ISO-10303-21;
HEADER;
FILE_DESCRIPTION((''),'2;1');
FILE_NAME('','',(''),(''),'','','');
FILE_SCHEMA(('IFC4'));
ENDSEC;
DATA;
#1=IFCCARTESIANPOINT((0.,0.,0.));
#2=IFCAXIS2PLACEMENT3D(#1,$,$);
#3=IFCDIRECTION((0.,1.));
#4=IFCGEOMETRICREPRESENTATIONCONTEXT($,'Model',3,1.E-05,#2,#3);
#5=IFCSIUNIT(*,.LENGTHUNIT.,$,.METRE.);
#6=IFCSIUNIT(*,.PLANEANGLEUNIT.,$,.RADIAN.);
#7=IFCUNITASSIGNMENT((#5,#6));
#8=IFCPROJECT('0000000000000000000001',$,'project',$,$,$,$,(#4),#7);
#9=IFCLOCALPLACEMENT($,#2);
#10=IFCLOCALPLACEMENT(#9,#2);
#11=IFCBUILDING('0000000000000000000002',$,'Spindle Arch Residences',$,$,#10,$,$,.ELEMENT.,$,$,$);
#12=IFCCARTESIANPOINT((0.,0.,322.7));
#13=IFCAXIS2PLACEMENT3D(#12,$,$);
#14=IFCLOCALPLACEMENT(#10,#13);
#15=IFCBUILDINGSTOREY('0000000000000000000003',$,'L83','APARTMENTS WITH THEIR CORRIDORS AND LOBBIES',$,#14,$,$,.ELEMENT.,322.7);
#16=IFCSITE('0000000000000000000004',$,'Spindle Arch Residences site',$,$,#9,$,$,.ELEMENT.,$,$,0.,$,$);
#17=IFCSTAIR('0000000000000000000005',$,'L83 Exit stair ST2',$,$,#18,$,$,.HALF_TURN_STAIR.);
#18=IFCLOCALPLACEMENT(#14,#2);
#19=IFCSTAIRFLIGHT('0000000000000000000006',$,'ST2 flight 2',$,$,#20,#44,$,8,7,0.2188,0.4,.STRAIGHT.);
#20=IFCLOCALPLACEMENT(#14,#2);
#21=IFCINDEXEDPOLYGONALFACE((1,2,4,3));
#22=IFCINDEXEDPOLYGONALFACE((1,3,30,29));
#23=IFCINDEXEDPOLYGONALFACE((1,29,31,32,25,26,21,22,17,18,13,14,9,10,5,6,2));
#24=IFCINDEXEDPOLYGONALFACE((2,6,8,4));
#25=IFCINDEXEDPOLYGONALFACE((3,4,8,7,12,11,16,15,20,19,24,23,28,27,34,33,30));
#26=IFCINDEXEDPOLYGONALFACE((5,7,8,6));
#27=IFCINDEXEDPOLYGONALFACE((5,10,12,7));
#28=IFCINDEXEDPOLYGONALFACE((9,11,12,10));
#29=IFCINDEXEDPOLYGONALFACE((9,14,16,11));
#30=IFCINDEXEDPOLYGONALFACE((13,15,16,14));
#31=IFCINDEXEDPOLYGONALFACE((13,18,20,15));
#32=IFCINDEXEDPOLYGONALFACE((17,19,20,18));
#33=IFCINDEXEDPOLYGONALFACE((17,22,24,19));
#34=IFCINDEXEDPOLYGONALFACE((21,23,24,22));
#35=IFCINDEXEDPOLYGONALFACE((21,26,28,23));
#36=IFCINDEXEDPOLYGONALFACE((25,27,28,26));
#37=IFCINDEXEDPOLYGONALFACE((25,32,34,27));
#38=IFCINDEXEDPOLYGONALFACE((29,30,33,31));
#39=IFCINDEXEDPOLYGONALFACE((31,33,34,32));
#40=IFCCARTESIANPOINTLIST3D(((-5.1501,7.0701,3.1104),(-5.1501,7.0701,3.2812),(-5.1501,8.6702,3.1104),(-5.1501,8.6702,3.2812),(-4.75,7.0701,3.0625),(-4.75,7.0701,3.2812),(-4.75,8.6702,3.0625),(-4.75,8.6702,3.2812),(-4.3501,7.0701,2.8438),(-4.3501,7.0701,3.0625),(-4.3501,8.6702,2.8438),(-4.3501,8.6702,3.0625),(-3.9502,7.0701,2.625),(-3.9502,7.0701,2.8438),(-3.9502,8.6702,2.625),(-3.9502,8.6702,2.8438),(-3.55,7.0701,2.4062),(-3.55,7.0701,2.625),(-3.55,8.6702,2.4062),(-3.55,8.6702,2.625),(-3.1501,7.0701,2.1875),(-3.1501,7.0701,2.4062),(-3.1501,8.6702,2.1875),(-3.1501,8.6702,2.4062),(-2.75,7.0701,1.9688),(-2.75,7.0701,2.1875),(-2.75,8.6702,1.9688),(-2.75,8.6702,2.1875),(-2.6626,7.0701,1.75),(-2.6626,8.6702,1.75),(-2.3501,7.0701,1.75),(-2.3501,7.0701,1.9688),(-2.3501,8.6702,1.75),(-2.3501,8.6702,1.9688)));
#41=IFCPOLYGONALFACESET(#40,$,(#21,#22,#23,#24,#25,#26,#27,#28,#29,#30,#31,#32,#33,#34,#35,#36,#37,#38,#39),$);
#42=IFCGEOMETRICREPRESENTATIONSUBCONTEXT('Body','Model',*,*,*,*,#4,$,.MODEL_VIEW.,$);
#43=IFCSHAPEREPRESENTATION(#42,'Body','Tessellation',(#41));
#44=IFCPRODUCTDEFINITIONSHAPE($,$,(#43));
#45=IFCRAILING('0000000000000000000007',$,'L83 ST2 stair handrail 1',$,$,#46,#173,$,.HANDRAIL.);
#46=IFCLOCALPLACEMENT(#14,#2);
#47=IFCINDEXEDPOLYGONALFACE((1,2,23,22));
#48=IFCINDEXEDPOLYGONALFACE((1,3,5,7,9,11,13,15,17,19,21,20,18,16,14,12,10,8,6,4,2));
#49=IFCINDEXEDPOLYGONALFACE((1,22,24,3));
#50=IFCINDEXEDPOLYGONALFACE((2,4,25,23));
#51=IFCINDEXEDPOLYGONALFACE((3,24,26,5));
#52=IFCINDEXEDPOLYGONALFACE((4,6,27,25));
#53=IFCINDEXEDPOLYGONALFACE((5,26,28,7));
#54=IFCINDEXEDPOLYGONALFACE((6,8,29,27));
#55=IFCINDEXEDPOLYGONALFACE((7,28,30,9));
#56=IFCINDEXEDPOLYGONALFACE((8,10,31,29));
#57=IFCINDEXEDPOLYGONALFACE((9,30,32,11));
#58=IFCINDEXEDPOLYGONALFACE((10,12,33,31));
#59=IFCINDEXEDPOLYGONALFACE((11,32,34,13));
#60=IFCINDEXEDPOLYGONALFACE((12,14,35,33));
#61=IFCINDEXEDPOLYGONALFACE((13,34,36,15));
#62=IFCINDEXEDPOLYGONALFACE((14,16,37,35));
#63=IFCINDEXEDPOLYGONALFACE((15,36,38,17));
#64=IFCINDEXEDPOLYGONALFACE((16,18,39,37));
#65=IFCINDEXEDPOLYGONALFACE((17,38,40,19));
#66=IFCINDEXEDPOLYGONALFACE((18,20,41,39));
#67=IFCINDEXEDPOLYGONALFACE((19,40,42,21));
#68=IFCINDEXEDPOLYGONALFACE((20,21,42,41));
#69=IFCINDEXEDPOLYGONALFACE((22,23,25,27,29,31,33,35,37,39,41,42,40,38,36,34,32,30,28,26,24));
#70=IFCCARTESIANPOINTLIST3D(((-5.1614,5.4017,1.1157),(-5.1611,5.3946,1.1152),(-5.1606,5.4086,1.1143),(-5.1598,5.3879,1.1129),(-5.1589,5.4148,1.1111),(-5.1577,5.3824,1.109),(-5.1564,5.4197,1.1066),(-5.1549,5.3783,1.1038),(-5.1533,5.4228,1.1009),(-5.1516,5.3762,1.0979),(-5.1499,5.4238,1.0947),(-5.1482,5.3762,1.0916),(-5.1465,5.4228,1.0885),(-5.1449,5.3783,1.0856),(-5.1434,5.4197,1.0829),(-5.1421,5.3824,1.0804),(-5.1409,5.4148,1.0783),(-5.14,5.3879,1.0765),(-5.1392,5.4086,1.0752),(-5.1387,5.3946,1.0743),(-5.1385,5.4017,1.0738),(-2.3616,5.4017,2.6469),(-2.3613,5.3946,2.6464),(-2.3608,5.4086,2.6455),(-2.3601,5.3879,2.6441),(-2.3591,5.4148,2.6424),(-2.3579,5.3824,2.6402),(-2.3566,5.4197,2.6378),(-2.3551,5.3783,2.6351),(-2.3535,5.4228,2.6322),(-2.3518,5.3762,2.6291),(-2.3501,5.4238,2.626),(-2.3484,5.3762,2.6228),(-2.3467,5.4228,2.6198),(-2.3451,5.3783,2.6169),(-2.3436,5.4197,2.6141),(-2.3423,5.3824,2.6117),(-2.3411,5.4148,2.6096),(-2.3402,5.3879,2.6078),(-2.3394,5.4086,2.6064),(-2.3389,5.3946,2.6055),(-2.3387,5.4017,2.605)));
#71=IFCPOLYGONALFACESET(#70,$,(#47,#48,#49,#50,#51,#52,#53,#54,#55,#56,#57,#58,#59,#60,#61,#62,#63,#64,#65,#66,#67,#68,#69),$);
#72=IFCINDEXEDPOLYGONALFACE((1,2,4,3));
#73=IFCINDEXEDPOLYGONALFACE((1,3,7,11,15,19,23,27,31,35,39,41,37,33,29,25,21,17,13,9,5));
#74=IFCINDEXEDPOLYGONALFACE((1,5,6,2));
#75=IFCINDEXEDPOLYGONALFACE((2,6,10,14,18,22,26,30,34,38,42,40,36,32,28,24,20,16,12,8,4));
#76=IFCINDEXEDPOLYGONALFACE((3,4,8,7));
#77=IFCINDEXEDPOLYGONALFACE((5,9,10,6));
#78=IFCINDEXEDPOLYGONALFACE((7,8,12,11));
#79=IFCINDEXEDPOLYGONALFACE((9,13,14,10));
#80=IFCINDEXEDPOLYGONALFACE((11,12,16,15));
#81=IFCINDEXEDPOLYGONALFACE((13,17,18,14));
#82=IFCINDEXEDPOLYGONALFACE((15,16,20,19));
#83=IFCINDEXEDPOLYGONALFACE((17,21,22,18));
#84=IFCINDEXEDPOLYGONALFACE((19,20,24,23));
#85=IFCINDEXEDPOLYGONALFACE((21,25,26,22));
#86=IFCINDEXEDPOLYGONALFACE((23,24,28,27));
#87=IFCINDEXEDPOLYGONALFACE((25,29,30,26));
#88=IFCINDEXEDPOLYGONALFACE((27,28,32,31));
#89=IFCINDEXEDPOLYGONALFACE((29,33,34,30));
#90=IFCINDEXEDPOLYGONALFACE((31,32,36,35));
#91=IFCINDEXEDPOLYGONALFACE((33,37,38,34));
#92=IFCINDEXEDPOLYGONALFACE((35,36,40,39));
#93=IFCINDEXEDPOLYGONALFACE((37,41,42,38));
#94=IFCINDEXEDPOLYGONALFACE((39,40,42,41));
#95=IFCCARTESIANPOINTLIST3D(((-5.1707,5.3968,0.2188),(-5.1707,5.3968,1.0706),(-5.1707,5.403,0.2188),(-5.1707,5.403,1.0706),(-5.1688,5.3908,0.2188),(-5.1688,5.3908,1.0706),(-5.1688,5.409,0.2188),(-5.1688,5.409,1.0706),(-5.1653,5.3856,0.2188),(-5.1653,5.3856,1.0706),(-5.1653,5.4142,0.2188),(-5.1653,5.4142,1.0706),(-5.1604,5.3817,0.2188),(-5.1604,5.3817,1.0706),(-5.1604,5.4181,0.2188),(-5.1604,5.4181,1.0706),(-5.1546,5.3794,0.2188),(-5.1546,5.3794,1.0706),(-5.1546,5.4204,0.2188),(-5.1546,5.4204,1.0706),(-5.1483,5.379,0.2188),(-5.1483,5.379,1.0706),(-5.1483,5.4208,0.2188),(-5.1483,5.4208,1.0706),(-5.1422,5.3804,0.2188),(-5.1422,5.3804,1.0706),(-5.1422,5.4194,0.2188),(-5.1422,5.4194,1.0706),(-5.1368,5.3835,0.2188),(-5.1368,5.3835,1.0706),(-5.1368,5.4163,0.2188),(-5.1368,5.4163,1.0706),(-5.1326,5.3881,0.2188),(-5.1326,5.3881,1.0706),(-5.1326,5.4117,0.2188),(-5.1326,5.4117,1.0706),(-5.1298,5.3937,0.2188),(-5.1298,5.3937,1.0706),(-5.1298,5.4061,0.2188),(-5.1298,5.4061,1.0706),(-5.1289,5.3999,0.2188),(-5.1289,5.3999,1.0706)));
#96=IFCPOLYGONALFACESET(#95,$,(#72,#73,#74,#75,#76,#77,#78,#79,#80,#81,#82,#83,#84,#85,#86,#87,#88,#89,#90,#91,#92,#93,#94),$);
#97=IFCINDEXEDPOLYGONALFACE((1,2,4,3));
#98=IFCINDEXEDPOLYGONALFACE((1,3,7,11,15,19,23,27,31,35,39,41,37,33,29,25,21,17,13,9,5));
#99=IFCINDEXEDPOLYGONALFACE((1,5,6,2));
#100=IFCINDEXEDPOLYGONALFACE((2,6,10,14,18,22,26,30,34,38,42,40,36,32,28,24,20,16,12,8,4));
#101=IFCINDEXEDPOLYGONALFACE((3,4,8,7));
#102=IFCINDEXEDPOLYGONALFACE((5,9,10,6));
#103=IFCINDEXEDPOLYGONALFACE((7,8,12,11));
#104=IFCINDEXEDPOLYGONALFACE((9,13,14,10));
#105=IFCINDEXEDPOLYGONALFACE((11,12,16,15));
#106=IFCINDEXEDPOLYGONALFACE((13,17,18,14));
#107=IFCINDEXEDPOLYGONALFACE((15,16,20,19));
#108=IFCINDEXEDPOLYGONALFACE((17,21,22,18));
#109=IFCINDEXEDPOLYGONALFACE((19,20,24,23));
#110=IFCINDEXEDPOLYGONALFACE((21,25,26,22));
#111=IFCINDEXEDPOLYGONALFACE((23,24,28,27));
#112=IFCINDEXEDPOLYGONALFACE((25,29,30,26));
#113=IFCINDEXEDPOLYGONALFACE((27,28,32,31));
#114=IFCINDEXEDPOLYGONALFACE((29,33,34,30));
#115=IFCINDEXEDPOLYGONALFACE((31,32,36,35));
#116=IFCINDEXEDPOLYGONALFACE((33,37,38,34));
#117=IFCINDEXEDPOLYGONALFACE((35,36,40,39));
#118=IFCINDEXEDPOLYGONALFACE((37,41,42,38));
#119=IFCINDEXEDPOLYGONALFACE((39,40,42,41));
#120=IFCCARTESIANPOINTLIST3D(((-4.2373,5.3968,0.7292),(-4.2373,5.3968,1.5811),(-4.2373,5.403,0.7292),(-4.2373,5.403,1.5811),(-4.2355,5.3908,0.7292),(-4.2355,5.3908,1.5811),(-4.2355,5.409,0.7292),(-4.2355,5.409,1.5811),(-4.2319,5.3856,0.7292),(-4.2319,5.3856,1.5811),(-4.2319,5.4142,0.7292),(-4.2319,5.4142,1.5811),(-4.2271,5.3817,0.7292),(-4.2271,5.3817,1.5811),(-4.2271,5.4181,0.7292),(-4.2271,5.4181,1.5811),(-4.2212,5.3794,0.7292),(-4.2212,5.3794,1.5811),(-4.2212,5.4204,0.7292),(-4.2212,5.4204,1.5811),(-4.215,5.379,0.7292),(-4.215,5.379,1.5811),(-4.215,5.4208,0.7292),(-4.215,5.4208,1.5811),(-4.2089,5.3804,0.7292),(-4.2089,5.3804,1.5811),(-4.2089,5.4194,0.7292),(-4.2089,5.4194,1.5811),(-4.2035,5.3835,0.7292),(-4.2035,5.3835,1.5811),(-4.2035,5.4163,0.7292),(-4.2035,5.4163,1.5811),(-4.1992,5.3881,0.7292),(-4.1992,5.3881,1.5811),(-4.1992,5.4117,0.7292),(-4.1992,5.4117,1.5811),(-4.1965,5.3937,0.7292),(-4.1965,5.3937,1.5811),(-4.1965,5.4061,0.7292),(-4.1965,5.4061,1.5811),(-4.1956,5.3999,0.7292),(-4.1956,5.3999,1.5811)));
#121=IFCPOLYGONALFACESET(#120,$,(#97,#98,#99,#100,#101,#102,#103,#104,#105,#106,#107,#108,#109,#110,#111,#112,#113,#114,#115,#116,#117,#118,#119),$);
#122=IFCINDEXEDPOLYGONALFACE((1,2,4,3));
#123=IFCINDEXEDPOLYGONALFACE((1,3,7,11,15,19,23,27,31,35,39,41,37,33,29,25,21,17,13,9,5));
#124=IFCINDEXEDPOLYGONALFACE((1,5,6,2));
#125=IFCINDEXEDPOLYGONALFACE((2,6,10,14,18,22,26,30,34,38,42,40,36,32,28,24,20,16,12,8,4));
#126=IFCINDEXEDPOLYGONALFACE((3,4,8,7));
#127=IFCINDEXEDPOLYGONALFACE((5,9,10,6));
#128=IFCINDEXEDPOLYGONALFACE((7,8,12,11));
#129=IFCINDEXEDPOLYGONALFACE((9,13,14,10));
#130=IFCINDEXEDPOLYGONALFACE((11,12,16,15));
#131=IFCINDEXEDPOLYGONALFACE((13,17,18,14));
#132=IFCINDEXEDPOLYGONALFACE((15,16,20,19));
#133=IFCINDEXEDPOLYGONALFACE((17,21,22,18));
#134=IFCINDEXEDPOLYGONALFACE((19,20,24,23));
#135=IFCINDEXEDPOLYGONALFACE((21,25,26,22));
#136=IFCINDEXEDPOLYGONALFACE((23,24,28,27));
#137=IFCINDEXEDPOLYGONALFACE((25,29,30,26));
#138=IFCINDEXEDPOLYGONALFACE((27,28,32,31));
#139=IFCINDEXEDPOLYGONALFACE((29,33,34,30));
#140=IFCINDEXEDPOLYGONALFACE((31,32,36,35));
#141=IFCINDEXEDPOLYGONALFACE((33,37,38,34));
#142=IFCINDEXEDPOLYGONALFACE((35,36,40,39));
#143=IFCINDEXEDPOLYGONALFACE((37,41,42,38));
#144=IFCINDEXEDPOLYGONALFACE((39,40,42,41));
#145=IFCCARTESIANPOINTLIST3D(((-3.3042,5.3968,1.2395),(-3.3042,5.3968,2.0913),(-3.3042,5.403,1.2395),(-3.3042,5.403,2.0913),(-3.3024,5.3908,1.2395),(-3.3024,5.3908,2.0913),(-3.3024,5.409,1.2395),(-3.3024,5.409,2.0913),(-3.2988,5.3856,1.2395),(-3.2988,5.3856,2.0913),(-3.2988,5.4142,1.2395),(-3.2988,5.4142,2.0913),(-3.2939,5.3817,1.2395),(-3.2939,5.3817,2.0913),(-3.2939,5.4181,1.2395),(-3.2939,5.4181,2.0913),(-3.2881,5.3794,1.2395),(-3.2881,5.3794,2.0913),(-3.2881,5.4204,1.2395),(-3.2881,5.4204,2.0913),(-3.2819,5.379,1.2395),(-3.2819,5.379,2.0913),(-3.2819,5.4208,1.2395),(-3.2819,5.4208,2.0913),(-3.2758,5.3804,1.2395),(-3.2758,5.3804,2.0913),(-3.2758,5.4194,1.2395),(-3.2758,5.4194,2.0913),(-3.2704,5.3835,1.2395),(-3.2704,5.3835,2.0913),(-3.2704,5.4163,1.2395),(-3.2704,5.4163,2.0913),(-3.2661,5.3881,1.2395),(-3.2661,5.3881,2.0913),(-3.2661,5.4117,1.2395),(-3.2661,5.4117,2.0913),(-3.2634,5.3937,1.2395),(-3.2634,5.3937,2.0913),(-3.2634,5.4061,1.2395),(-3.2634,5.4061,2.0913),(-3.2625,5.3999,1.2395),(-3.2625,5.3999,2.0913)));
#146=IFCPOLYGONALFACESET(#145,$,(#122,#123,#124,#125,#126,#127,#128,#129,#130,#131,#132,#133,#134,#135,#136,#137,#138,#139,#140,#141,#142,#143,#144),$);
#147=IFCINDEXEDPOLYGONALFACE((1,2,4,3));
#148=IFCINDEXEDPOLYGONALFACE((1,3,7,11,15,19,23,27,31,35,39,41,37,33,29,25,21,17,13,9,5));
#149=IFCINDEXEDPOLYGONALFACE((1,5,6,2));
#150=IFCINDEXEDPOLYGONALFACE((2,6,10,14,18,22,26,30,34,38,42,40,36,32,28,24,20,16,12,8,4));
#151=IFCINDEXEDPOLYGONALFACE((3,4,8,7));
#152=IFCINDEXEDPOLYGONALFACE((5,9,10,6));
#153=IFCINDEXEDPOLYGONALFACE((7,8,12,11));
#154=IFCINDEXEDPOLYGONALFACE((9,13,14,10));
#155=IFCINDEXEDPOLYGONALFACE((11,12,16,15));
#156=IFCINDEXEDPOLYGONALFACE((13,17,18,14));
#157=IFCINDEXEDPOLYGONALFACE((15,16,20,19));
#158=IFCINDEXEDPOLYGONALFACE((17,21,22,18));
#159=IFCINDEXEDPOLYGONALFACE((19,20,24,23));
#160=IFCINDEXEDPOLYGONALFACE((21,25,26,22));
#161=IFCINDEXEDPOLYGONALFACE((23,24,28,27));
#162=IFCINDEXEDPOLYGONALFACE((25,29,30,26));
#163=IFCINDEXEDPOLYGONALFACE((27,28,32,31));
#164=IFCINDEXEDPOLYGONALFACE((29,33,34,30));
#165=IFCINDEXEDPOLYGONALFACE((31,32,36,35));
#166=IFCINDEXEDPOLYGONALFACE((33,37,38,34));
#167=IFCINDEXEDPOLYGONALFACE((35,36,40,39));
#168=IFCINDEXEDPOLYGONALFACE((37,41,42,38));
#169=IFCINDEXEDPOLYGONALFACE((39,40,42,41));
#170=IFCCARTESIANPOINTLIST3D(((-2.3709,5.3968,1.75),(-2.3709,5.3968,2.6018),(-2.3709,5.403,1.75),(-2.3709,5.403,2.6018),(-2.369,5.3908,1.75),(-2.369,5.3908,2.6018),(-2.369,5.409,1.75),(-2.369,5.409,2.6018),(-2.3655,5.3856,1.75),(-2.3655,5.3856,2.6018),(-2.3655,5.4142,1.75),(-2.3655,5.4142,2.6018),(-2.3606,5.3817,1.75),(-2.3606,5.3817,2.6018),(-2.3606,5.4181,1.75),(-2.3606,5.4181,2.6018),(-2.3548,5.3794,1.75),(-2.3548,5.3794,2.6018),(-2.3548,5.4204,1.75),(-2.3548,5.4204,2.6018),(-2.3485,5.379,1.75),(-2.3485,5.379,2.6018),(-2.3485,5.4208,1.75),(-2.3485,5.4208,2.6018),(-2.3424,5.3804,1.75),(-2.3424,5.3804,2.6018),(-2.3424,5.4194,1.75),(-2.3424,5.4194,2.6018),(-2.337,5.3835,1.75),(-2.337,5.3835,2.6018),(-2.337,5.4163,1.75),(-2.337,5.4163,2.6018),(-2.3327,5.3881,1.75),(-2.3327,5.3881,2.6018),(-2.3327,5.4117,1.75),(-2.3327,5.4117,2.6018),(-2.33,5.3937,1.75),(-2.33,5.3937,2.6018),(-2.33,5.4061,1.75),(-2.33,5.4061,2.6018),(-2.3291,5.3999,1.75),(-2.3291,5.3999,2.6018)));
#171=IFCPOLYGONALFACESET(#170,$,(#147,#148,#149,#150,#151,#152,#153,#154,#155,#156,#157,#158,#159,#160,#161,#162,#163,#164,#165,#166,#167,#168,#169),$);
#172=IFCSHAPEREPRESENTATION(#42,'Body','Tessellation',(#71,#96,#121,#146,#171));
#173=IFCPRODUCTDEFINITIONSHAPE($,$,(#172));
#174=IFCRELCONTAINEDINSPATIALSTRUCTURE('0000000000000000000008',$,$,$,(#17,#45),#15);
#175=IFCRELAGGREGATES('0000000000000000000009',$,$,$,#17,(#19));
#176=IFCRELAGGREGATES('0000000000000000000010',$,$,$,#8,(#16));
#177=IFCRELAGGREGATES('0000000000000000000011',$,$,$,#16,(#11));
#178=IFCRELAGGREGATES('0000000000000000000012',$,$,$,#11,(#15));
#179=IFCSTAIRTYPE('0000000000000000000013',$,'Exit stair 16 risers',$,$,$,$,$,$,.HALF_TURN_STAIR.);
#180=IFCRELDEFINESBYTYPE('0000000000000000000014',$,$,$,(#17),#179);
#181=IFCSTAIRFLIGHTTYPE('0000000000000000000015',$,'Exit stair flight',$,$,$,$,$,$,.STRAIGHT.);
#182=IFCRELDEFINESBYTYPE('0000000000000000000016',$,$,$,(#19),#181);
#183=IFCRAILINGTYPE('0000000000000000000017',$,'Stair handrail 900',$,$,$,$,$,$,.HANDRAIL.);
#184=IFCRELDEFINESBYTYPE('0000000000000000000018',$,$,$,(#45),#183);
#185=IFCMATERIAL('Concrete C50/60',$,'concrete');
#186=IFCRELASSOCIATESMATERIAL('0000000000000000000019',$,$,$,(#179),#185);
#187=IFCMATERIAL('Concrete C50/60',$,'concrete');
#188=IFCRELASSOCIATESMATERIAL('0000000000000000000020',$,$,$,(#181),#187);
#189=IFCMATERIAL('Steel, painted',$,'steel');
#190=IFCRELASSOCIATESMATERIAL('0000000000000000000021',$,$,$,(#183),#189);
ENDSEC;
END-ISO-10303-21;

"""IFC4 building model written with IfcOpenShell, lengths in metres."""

from ifc_helpers import new_model, si_unit, direction, frame, origin, origin_2d, place, context, subcontext, project, spatial, polyline, circle, outline, extrude, material, type_object, element, aggregate, save


model = new_model("IFC4")

# Units and contexts
model_context = context("Model", 3, precision=1e-05, world=origin(), true_north=direction((0.0, 1.0)))
body_context = subcontext(model_context, "Body", "Model", "MODEL_VIEW")
ifc_project = project(units=[si_unit("LENGTHUNIT", "METRE"), si_unit("PLANEANGLEUNIT", "RADIAN")], contexts=[model_context])

# Site, building, storey
site_placement = place(None, origin())
site = spatial("IfcSite", under=ifc_project, at=site_placement, Name="Spindle Arch Residences site", CompositionType="ELEMENT", RefElevation=0.0)
building_placement = place(site_placement, origin())
building = spatial("IfcBuilding", under=site, at=building_placement, Name="Spindle Arch Residences", CompositionType="ELEMENT")
storey_placement = place(building_placement, frame((0.0, 0.0, 322.7)))
storey = spatial("IfcBuildingStorey", under=building, at=storey_placement, Name="L83", Description="APARTMENTS WITH THEIR CORRIDORS AND LOBBIES", CompositionType="ELEMENT", Elevation=322.7)

# Stair, stair flight
ifc_material_1 = material(Name="Concrete C50/60", Category="concrete")
stair_type = type_object("IfcStairType", Name="Exit stair 16 risers", PredefinedType="HALF_TURN_STAIR", material=ifc_material_1)
stair_placement = place(storey_placement, origin())
stair = element("IfcStair", 1, at=stair_placement, inside=storey, type_object=stair_type, Name="L83 Exit stair ST2", PredefinedType="HALF_TURN_STAIR")
ifc_material_2 = material(Name="Concrete C50/60", Category="concrete")
stair_flight_type = type_object("IfcStairFlightType", Name="Exit stair flight", PredefinedType="STRAIGHT", material=ifc_material_2)
stair_flight_1_placement = place(storey_placement, frame((-2.3501, 7.8701, 1.75), z_axis=(0.0, 0.0, 1.0), x_axis=(-1.0, 0.0, 0.0)))
stair_flight_1 = element("IfcStairFlight", 2, at=stair_flight_1_placement, type_object=stair_flight_type, Name="ST2 flight 2", NumberOfRisers=8, NumberOfTreads=7, PredefinedType="STRAIGHT", RiserHeight=0.2188, TreadLength=0.4, context=body_context, shape_type="SweptSolid", body=[
    extrude(outline(polyline([(0.0, 0.0), (0.0, 0.2188), (0.3999, 0.2188), (0.3999, 0.4375), (0.8, 0.4375), (0.8, 0.6562), (1.2, 0.6562), (1.2, 0.875), (1.6001, 0.875), (1.6001, 1.0938), (2.0, 1.0938), (2.0, 1.3125), (2.3999, 1.3125), (2.3999, 1.5312), (2.8, 1.5312), (2.8, 1.75), (2.8, 1.3604), (0.3125, 0.0), (0.0, 0.0)])), frame((0.0, 0.8, 0.0), z_axis=(0.0, -1.0, 0.0), x_axis=(1.0, 0.0, 0.0)), (0.0, 0.0, 1.0), 1.6001),
])
aggregate(stair, [stair_flight_1])

# Railing
ifc_material_3 = material(Name="Steel, painted", Category="steel")
railing_type_1 = type_object("IfcRailingType", Name="Stair handrail 900", PredefinedType="HANDRAIL", material=ifc_material_3)
railing_1_placement = place(storey_placement, frame((-5.1499, 5.3999, 0.2188)))
element("IfcRailing", 3, at=railing_1_placement, inside=storey, type_object=railing_type_1, Name="L83 ST2 stair handrail 1", PredefinedType="HANDRAIL", context=body_context, shape_type="SweptSolid", body=[
    extrude(circle(Radius=0.0239, at=origin_2d()), frame((0.0, 0.0, 0.876), z_axis=(0.877357, 0.0, 0.479838), x_axis=(0.0, 1.0, 0.0)), (0.0, 0.0, 1.0), 3.1912),
    extrude(circle(Radius=0.021, at=origin_2d()), origin(), (0.0, 0.0, 1.0), 0.8518),
    extrude(circle(Radius=0.021, at=origin_2d()), frame((0.9333, 0.0, 0.5105)), (0.0, 0.0, 1.0), 0.8518),
    extrude(circle(Radius=0.021, at=origin_2d()), frame((1.8665, 0.0, 1.0208)), (0.0, 0.0, 1.0), 0.8518),
    extrude(circle(Radius=0.021, at=origin_2d()), frame((2.7998, 0.0, 1.5312)), (0.0, 0.0, 1.0), 0.8518),
])

save(model, "model.ifc")
